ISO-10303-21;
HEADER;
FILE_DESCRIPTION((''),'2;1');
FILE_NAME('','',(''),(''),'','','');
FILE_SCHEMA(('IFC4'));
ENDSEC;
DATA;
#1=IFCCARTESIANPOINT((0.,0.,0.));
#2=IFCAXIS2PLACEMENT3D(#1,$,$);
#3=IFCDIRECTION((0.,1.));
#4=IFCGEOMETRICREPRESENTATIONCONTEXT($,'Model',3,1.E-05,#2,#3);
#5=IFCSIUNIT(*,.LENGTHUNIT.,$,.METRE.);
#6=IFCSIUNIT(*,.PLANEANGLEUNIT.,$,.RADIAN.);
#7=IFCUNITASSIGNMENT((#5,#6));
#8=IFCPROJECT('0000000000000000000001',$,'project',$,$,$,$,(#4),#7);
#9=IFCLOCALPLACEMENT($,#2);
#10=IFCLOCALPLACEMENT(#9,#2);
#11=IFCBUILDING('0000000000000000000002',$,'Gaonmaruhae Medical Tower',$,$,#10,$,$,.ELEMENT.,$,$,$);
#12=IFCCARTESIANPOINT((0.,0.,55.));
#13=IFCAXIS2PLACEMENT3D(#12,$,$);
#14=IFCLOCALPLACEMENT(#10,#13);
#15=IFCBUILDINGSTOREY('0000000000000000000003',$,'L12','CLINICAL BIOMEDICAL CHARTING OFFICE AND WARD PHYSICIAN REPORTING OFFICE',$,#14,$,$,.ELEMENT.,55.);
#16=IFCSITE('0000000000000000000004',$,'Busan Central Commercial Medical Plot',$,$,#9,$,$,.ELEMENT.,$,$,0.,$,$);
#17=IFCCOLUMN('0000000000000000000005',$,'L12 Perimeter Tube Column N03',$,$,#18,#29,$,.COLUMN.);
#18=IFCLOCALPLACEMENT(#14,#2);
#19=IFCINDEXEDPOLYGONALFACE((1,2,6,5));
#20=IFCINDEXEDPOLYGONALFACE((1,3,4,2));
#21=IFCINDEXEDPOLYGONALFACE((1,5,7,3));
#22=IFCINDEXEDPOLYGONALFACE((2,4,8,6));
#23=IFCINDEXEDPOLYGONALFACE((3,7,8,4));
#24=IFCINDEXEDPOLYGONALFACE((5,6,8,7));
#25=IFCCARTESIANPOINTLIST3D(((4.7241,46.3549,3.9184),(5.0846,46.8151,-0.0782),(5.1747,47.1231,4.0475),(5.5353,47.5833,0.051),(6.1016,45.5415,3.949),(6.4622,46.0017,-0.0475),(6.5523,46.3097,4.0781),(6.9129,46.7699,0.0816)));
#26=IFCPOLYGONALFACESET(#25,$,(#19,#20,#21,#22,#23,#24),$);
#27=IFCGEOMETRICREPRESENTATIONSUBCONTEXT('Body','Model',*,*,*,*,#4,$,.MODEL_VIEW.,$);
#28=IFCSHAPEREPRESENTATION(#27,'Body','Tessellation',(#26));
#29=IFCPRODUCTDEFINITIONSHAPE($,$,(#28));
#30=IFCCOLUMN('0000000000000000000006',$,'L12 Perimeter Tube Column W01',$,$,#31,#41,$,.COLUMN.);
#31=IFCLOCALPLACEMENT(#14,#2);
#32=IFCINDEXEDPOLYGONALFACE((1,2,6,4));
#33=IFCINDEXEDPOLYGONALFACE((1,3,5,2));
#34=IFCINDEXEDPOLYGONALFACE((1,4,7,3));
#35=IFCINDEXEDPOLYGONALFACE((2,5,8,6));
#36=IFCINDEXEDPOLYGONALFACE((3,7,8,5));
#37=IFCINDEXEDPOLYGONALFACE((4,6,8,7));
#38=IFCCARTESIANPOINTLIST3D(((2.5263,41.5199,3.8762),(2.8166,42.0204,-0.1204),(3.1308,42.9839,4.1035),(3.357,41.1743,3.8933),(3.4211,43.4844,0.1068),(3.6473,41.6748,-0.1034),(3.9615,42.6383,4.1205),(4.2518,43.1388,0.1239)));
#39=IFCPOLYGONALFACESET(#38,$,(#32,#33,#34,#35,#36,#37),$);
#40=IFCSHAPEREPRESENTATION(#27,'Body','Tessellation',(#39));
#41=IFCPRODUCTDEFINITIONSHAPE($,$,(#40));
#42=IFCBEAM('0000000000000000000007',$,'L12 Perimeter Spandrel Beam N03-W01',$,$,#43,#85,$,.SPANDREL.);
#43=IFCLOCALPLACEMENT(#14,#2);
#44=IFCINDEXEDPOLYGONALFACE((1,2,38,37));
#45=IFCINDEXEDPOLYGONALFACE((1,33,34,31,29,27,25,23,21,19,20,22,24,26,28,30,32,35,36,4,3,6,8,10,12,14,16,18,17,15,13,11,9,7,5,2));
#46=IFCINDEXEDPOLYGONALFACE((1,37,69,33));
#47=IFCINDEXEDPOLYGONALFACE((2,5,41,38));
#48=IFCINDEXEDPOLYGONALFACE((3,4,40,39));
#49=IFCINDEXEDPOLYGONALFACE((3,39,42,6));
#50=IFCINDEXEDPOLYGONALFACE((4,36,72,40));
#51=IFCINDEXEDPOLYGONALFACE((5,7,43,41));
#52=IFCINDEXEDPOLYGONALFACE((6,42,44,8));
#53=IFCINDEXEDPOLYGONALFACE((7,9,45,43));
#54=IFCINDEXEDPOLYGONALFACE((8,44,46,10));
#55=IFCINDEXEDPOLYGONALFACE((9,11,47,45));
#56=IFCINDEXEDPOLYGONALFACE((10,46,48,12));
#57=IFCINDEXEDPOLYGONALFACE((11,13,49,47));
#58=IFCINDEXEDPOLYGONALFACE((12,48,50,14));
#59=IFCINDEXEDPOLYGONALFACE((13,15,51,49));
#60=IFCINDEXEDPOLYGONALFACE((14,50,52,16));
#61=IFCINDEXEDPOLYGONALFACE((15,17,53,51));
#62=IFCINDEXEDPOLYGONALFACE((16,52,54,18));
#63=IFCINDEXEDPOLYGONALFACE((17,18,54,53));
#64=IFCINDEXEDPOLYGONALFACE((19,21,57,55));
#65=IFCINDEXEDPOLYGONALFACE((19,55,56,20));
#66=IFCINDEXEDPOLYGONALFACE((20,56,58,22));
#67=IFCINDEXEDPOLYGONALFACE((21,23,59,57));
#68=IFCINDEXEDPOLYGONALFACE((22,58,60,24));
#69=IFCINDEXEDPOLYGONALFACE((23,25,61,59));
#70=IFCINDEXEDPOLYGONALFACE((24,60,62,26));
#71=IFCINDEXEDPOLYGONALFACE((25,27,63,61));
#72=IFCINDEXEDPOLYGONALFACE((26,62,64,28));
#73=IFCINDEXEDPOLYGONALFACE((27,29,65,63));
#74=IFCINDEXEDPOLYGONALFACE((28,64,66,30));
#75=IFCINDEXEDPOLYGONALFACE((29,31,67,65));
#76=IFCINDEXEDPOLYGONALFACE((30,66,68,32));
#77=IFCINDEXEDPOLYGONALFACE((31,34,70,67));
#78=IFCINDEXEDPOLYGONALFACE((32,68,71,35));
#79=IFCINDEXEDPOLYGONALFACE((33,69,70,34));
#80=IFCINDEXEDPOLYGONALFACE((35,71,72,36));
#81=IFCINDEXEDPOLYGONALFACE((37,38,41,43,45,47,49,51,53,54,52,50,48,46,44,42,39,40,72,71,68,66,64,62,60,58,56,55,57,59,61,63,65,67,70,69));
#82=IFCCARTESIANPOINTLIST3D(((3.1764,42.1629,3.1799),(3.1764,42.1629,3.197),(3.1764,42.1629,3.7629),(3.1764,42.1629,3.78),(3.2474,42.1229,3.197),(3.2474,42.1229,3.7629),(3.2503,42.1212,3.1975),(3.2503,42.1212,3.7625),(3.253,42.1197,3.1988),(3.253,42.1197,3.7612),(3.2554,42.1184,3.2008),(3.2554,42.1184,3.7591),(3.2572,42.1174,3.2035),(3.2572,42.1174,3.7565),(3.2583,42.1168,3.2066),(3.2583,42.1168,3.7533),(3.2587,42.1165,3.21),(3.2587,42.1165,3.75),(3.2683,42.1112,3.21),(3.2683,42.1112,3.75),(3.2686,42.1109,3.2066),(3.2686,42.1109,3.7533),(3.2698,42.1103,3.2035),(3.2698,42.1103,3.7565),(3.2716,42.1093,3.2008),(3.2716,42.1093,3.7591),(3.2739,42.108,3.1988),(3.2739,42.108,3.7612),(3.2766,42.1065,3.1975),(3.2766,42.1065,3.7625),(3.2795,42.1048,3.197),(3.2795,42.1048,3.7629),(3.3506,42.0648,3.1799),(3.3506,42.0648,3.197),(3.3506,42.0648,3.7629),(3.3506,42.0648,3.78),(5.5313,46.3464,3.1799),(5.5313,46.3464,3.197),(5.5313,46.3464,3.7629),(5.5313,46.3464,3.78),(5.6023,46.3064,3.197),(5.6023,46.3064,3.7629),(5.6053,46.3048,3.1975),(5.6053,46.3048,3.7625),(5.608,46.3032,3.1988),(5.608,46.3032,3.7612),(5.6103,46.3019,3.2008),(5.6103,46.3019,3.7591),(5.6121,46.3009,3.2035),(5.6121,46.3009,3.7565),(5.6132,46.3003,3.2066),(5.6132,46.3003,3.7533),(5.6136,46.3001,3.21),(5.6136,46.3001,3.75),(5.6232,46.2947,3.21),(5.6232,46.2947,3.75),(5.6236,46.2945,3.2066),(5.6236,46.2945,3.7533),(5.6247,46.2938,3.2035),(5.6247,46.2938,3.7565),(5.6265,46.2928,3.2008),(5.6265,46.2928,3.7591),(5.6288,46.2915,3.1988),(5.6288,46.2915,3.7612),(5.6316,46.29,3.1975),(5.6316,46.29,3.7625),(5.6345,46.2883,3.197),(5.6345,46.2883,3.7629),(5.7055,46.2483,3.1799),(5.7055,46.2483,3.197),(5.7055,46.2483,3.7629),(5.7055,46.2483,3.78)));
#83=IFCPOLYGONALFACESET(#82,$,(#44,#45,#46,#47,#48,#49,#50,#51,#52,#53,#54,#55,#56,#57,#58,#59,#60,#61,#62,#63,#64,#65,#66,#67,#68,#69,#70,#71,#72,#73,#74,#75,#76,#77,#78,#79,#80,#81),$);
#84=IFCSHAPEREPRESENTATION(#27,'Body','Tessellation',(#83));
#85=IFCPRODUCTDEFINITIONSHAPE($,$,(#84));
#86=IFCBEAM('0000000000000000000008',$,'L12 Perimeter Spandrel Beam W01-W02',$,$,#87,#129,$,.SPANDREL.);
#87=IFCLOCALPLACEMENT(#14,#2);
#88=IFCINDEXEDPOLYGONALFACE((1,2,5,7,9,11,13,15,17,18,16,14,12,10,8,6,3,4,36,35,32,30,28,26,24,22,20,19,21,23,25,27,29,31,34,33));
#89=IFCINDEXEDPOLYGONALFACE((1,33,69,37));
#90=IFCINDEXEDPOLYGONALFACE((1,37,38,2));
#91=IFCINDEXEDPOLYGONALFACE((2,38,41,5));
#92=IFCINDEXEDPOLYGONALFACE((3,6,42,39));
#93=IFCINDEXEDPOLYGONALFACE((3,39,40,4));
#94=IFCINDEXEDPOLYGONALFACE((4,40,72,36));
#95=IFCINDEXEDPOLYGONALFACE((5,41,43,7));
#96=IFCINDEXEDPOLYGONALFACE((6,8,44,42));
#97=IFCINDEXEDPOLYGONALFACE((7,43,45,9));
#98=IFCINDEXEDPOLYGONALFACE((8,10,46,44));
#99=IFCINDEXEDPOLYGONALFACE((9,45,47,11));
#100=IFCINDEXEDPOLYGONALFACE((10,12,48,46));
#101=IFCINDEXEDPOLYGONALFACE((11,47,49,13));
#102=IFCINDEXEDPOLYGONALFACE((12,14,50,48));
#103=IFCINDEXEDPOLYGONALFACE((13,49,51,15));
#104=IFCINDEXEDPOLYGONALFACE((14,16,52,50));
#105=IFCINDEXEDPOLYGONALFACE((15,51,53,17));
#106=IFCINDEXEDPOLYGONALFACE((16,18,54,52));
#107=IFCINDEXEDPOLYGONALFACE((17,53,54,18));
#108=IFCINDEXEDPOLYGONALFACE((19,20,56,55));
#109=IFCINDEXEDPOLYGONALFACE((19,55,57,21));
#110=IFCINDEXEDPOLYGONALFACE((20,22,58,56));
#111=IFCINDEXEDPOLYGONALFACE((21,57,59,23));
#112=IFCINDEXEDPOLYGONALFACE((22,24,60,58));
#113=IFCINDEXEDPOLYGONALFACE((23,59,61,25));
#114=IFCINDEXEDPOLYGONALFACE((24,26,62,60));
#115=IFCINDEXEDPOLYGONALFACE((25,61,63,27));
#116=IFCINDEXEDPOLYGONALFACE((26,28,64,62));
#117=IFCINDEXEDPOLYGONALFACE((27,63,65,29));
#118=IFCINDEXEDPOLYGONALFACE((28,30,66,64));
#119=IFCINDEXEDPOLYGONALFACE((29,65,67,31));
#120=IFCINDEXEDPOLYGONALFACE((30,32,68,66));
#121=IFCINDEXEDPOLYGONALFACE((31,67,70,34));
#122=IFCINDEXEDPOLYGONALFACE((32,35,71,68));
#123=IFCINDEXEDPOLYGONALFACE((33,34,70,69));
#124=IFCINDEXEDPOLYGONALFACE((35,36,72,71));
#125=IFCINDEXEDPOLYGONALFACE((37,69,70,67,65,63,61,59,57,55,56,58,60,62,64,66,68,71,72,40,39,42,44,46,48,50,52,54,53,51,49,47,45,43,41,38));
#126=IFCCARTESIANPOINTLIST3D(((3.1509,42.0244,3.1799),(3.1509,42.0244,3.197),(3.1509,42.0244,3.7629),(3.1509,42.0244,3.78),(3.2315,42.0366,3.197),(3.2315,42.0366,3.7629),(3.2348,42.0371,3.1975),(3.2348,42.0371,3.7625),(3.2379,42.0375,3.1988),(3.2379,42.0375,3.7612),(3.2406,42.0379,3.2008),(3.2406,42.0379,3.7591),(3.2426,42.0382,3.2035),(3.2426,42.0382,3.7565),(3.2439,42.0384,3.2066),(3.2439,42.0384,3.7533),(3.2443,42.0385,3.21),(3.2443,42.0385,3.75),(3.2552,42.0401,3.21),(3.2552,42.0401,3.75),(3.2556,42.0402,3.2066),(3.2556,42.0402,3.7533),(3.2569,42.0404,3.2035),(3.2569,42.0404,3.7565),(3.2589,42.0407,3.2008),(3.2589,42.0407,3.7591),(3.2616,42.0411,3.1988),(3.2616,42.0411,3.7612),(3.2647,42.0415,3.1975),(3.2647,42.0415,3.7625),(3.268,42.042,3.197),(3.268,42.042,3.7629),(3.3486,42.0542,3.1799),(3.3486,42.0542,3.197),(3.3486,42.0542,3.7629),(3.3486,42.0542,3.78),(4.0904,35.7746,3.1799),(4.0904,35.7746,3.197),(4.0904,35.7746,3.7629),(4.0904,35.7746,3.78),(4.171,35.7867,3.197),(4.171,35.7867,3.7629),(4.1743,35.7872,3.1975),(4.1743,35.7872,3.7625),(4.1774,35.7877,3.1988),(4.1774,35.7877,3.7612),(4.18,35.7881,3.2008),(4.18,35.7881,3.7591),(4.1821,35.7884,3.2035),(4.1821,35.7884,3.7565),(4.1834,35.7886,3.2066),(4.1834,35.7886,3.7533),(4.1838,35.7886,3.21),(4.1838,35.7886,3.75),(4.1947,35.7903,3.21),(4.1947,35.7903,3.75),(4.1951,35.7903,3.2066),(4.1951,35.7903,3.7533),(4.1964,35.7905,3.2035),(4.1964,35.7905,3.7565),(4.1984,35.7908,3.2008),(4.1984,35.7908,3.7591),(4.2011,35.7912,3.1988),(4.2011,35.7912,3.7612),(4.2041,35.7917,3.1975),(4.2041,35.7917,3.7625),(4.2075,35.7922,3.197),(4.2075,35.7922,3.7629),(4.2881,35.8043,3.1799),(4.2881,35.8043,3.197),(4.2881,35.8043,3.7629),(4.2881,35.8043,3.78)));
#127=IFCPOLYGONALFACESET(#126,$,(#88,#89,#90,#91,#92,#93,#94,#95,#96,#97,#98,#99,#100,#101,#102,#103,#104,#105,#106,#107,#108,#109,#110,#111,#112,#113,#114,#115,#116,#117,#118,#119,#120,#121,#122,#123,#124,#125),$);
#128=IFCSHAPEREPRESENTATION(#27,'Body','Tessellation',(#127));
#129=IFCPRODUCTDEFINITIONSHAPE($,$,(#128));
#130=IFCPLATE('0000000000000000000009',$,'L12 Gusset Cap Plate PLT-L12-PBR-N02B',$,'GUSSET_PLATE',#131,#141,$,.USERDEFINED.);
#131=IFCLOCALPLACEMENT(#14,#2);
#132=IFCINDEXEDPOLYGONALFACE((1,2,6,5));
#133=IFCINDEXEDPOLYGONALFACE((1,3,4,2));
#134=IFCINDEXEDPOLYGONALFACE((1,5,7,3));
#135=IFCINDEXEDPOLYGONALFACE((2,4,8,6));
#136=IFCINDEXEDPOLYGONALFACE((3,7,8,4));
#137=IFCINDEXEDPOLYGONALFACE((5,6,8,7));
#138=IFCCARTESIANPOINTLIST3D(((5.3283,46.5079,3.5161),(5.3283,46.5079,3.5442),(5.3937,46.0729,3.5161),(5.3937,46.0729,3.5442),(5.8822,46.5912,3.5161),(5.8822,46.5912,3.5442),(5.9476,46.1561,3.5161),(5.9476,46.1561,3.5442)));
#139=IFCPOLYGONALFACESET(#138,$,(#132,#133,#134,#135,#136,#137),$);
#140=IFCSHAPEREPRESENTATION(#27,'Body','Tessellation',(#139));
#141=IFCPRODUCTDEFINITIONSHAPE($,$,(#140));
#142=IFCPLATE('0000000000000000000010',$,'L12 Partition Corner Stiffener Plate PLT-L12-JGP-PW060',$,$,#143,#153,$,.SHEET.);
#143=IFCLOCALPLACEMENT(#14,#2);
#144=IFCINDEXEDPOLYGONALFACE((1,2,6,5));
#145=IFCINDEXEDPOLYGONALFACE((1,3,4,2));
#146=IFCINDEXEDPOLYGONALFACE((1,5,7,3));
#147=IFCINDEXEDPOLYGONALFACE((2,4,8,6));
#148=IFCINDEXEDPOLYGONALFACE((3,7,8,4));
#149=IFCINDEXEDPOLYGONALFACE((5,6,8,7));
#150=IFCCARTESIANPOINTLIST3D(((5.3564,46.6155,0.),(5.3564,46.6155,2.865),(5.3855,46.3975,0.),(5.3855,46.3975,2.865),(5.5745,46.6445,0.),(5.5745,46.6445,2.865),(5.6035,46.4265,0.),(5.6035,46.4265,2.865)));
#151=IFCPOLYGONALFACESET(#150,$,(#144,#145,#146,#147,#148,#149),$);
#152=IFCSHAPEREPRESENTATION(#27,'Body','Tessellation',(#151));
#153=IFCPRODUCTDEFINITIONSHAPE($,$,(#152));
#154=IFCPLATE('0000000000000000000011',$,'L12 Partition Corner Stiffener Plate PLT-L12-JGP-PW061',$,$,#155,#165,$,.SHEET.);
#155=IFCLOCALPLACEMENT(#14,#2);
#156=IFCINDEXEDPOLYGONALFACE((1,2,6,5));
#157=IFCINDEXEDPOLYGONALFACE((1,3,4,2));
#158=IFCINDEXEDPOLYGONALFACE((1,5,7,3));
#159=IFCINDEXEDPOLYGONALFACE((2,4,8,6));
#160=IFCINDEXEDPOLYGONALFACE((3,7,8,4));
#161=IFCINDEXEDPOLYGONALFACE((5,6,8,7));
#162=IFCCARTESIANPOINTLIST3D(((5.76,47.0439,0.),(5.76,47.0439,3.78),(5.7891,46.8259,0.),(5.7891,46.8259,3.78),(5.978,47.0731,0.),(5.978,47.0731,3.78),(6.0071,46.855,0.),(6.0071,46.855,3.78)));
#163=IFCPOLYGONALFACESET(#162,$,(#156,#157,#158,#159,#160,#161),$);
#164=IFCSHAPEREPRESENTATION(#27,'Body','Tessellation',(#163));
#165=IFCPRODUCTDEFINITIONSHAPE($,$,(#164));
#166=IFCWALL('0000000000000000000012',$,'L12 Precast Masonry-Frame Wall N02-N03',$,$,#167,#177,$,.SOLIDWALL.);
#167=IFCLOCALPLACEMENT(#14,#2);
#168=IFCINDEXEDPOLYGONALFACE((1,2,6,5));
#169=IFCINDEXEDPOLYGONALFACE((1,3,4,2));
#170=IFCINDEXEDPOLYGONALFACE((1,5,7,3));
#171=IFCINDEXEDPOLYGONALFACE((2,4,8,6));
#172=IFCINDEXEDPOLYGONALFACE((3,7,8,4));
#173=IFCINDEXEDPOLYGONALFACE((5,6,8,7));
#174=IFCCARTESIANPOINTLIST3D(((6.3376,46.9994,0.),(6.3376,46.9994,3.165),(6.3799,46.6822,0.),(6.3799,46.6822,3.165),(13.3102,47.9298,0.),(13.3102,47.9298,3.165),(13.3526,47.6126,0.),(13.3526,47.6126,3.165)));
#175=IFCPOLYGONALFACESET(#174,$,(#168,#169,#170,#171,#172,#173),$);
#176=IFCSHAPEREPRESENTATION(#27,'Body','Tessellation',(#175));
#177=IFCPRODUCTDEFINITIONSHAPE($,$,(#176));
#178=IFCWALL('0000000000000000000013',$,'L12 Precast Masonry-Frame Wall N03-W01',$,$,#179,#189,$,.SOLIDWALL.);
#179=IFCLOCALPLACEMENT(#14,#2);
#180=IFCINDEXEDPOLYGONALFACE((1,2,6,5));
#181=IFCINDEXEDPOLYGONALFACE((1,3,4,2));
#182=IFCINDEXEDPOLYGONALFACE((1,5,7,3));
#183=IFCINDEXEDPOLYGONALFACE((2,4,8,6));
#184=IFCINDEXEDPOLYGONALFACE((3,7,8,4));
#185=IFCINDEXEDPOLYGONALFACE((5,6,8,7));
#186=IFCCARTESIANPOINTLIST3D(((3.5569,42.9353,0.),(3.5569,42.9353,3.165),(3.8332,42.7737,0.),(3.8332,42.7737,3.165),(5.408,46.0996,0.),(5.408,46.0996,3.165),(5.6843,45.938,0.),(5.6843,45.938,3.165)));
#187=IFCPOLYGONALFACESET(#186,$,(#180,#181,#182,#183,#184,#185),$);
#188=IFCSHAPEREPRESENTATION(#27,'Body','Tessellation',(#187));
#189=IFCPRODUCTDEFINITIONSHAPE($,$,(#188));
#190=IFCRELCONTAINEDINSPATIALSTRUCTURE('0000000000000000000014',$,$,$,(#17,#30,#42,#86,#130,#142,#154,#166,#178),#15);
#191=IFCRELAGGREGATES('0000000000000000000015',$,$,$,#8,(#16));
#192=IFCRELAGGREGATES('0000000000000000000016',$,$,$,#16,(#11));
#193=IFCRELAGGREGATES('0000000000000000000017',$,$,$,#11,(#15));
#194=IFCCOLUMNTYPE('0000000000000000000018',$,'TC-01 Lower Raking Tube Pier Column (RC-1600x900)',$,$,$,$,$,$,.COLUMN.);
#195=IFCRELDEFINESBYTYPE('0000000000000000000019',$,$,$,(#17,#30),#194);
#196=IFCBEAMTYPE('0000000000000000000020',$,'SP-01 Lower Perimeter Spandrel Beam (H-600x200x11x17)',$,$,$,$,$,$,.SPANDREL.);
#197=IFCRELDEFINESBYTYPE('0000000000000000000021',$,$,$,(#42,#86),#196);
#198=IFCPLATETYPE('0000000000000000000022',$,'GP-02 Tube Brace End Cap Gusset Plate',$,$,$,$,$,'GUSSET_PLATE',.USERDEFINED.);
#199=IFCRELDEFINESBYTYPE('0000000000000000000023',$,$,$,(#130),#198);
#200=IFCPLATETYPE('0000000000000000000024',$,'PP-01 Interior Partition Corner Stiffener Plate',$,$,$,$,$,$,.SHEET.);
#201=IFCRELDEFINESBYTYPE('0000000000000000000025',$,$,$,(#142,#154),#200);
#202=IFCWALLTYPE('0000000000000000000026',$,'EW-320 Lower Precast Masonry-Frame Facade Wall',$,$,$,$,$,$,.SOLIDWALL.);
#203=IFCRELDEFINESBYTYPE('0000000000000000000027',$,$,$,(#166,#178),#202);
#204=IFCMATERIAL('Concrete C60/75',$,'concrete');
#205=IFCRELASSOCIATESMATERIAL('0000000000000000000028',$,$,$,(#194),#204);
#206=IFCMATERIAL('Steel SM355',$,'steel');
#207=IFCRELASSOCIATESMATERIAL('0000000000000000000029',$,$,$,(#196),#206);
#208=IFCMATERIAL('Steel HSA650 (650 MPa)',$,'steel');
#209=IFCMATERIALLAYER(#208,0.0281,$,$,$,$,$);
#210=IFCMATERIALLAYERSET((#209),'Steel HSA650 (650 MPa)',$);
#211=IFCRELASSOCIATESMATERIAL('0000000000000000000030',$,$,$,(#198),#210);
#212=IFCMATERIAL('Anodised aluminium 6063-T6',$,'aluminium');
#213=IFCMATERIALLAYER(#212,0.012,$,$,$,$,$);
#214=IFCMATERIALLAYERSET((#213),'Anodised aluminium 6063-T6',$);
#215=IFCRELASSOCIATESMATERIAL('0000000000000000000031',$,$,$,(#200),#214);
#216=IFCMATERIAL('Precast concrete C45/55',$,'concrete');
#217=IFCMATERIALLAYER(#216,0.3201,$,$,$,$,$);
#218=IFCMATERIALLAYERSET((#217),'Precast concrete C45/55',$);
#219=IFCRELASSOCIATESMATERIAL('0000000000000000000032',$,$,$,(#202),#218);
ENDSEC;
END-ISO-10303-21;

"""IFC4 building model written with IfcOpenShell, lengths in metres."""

from ifc_helpers import new_model, si_unit, direction, frame, frame_2d, origin, origin_2d, place, context, subcontext, project, spatial, rectangle, i_section, extrude, material, layer, layer_set, material_profile, profile_set, type_object, element, save


model = new_model("IFC4")

# Units and contexts
model_context = context("Model", 3, precision=1e-05, world=origin(), true_north=direction((0.0, 1.0)))
body_context = subcontext(model_context, "Body", "Model", "MODEL_VIEW")
ifc_project = project(units=[si_unit("LENGTHUNIT", "METRE"), si_unit("PLANEANGLEUNIT", "RADIAN")], contexts=[model_context])

# Site, building, storey
site_placement = place(None, origin())
site = spatial("IfcSite", under=ifc_project, at=site_placement, Name="Busan Central Commercial Medical Plot", CompositionType="ELEMENT", RefElevation=0.0)
building_placement = place(site_placement, origin())
building = spatial("IfcBuilding", under=site, at=building_placement, Name="Gaonmaruhae Medical Tower", CompositionType="ELEMENT")
storey_placement = place(building_placement, frame((0.0, 0.0, 55.0)))
storey = spatial("IfcBuildingStorey", under=building, at=storey_placement, Name="L12", Description="CLINICAL BIOMEDICAL CHARTING OFFICE AND WARD PHYSICIAN REPORTING OFFICE", CompositionType="ELEMENT", Elevation=55.0)

# Columns
ifc_material_1 = material(Name="Concrete C60/75", Category="concrete")
ifc_material_profile_1 = material_profile(ifc_material_1, rectangle(XDim=1.6001, YDim=0.8999, at=origin_2d()), Name="RC-1600x900")
ifc_profile_set_1 = profile_set([ifc_material_profile_1], Name="Concrete C60/75")
column_type = type_object("IfcColumnType", Name="TC-01 Lower Raking Tube Pier Column (RC-1600x900)", PredefinedType="COLUMN", material=ifc_profile_set_1)
column_1_placement = place(storey_placement, frame((5.9988, 46.7925, 0.0017), z_axis=(-0.089276, -0.113937, 0.989469), x_axis=(0.860942, -0.508343, 0.019144)))
element("IfcColumn", 1, at=column_1_placement, inside=storey, type_object=column_type, Name="L12 Perimeter Tube Column N03", PredefinedType="COLUMN", context=body_context, shape_type="SweptSolid", body=[
    extrude(rectangle(XDim=1.6001, YDim=0.8999, at=origin_2d()), origin(), (0.0, 0.0, 1.0), 4.0391),
])
column_2_placement = place(storey_placement, frame((3.5342, 42.5796, 0.0017), z_axis=(-0.071884, -0.123937, 0.989683), x_axis=(0.377774, 0.914942, 0.142016)))
element("IfcColumn", 2, at=column_2_placement, inside=storey, type_object=column_type, Name="L12 Perimeter Tube Column W01", PredefinedType="COLUMN", context=body_context, shape_type="SweptSolid", body=[
    extrude(rectangle(XDim=1.6001, YDim=0.8999, at=origin_2d()), origin(), (0.0, 0.0, 1.0), 4.0383),
])

# Beams
ifc_material_2 = material(Name="Steel SM355", Category="steel")
ifc_material_profile_2 = material_profile(ifc_material_2, i_section(OverallWidth=0.2, OverallDepth=0.6001, WebThickness=0.011, FlangeThickness=0.0171, FilletRadius=0.0129, at=origin_2d()), Name="H-600x200x11x17")
ifc_profile_set_2 = profile_set([ifc_material_profile_2], Name="Steel SM355")
beam_type = type_object("IfcBeamType", Name="SP-01 Lower Perimeter Spandrel Beam (H-600x200x11x17)", PredefinedType="SPANDREL", material=ifc_profile_set_2)
beam_1_placement = place(storey_placement, frame((5.6184, 46.2974, 3.48), z_axis=(-0.490532, -0.871423, 0.0), x_axis=(0.871423, -0.490532, 0.0)))
element("IfcBeam", 3, at=beam_1_placement, inside=storey, type_object=beam_type, Name="L12 Perimeter Spandrel Beam N03-W01", PredefinedType="SPANDREL", context=body_context, shape_type="SweptSolid", body=[
    extrude(i_section(OverallWidth=0.2, OverallDepth=0.6001, WebThickness=0.011, FlangeThickness=0.0171, FilletRadius=0.0129, at=origin_2d()), origin(), (0.0, 0.0, 1.0), 4.8008),
])
beam_2_placement = place(storey_placement, frame((3.2498, 42.0393, 3.48), z_axis=(0.148648, -0.98889, 0.0), x_axis=(0.98889, 0.148648, 0.0)))
element("IfcBeam", 4, at=beam_2_placement, inside=storey, type_object=beam_type, Name="L12 Perimeter Spandrel Beam W01-W02", PredefinedType="SPANDREL", context=body_context, shape_type="SweptSolid", body=[
    extrude(i_section(OverallWidth=0.2, OverallDepth=0.6001, WebThickness=0.011, FlangeThickness=0.0171, FilletRadius=0.0129, at=origin_2d()), origin(), (0.0, 0.0, 1.0), 6.3201),
])

# Plates
ifc_material_3 = material(Name="Steel HSA650 (650 MPa)", Category="steel")
ifc_layer_1 = layer(ifc_material_3, 0.0281)
ifc_layer_set_1 = layer_set([ifc_layer_1], Name="Steel HSA650 (650 MPa)")
plate_type_1 = type_object("IfcPlateType", Name="GP-02 Tube Brace End Cap Gusset Plate", ElementType="GUSSET_PLATE", PredefinedType="USERDEFINED", material=ifc_layer_set_1)
plate_1_placement = place(storey_placement, frame((5.6379, 46.332, 3.5161), z_axis=(0.0, 0.0, 1.0), x_axis=(0.988886, 0.148672, 0.0)))
element("IfcPlate", 5, at=plate_1_placement, inside=storey, type_object=plate_type_1, Name="L12 Gusset Cap Plate PLT-L12-PBR-N02B", ObjectType="GUSSET_PLATE", PredefinedType="USERDEFINED", context=body_context, shape_type="SweptSolid", body=[
    extrude(rectangle(XDim=0.5601, YDim=0.4399, at=origin_2d()), origin(), (0.0, 0.0, 1.0), 0.0281),
])
ifc_material_4 = material(Name="Anodised aluminium 6063-T6", Category="aluminium")
ifc_layer_2 = layer(ifc_material_4, 0.012)
ifc_layer_set_2 = layer_set([ifc_layer_2], Name="Anodised aluminium 6063-T6")
plate_type_2 = type_object("IfcPlateType", Name="PP-01 Interior Partition Corner Stiffener Plate", PredefinedType="SHEET", material=ifc_layer_set_2)
plate_2_placement = place(storey_placement, frame((5.48, 46.521, 0.0), z_axis=(0.0, 0.0, 1.0), x_axis=(-0.13198, 0.991252, 0.0)))
element("IfcPlate", 6, at=plate_2_placement, inside=storey, type_object=plate_type_2, Name="L12 Partition Corner Stiffener Plate PLT-L12-JGP-PW060", PredefinedType="SHEET", context=body_context, shape_type="SweptSolid", body=[
    extrude(rectangle(XDim=0.22, YDim=0.22, at=origin_2d()), origin(), (0.0, 0.0, 1.0), 2.865),
])
plate_3_placement = place(storey_placement, frame((5.8835, 46.9495, 0.0), z_axis=(0.0, 0.0, 1.0), x_axis=(0.991181, 0.132516, 0.0)))
element("IfcPlate", 7, at=plate_3_placement, inside=storey, type_object=plate_type_2, Name="L12 Partition Corner Stiffener Plate PLT-L12-JGP-PW061", PredefinedType="SHEET", context=body_context, shape_type="SweptSolid", body=[
    extrude(rectangle(XDim=0.22, YDim=0.22, at=origin_2d()), origin(), (0.0, 0.0, 1.0), 3.78),
])

# Walls
ifc_material_5 = material(Name="Precast concrete C45/55", Category="concrete")
ifc_layer_3 = layer(ifc_material_5, 0.3201)
ifc_layer_set_3 = layer_set([ifc_layer_3], Name="Precast concrete C45/55")
wall_type_1 = type_object("IfcWallType", Name="EW-320 Lower Precast Masonry-Frame Facade Wall", PredefinedType="SOLIDWALL", material=ifc_layer_set_3)
wall_1_placement = place(storey_placement, frame((6.3589, 46.8408, 0.0), z_axis=(0.0, 0.0, 1.0), x_axis=(0.991214, 0.132266, 0.0)))
element("IfcWall", 8, at=wall_1_placement, inside=storey, type_object=wall_type_1, Name="L12 Precast Masonry-Frame Wall N02-N03", PredefinedType="SOLIDWALL", context=body_context, shape_type="SweptSolid", body=[
    extrude(rectangle(XDim=7.0344, YDim=0.3201, at=frame_2d((3.5171, 0.0))), origin(), (0.0, 0.0, 1.0), 3.165),
])
wall_2_placement = place(storey_placement, frame((3.6951, 42.8545, 0.0), z_axis=(0.0, 0.0, 1.0), x_axis=(0.504935, 0.863157, 0.0)))
element("IfcWall", 9, at=wall_2_placement, inside=storey, type_object=wall_type_1, Name="L12 Precast Masonry-Frame Wall N03-W01", PredefinedType="SOLIDWALL", context=body_context, shape_type="SweptSolid", body=[
    extrude(rectangle(XDim=3.666, YDim=0.3201, at=frame_2d((1.833, 0.0))), origin(), (0.0, 0.0, 1.0), 3.165),
])

save(model, "model.ifc")
